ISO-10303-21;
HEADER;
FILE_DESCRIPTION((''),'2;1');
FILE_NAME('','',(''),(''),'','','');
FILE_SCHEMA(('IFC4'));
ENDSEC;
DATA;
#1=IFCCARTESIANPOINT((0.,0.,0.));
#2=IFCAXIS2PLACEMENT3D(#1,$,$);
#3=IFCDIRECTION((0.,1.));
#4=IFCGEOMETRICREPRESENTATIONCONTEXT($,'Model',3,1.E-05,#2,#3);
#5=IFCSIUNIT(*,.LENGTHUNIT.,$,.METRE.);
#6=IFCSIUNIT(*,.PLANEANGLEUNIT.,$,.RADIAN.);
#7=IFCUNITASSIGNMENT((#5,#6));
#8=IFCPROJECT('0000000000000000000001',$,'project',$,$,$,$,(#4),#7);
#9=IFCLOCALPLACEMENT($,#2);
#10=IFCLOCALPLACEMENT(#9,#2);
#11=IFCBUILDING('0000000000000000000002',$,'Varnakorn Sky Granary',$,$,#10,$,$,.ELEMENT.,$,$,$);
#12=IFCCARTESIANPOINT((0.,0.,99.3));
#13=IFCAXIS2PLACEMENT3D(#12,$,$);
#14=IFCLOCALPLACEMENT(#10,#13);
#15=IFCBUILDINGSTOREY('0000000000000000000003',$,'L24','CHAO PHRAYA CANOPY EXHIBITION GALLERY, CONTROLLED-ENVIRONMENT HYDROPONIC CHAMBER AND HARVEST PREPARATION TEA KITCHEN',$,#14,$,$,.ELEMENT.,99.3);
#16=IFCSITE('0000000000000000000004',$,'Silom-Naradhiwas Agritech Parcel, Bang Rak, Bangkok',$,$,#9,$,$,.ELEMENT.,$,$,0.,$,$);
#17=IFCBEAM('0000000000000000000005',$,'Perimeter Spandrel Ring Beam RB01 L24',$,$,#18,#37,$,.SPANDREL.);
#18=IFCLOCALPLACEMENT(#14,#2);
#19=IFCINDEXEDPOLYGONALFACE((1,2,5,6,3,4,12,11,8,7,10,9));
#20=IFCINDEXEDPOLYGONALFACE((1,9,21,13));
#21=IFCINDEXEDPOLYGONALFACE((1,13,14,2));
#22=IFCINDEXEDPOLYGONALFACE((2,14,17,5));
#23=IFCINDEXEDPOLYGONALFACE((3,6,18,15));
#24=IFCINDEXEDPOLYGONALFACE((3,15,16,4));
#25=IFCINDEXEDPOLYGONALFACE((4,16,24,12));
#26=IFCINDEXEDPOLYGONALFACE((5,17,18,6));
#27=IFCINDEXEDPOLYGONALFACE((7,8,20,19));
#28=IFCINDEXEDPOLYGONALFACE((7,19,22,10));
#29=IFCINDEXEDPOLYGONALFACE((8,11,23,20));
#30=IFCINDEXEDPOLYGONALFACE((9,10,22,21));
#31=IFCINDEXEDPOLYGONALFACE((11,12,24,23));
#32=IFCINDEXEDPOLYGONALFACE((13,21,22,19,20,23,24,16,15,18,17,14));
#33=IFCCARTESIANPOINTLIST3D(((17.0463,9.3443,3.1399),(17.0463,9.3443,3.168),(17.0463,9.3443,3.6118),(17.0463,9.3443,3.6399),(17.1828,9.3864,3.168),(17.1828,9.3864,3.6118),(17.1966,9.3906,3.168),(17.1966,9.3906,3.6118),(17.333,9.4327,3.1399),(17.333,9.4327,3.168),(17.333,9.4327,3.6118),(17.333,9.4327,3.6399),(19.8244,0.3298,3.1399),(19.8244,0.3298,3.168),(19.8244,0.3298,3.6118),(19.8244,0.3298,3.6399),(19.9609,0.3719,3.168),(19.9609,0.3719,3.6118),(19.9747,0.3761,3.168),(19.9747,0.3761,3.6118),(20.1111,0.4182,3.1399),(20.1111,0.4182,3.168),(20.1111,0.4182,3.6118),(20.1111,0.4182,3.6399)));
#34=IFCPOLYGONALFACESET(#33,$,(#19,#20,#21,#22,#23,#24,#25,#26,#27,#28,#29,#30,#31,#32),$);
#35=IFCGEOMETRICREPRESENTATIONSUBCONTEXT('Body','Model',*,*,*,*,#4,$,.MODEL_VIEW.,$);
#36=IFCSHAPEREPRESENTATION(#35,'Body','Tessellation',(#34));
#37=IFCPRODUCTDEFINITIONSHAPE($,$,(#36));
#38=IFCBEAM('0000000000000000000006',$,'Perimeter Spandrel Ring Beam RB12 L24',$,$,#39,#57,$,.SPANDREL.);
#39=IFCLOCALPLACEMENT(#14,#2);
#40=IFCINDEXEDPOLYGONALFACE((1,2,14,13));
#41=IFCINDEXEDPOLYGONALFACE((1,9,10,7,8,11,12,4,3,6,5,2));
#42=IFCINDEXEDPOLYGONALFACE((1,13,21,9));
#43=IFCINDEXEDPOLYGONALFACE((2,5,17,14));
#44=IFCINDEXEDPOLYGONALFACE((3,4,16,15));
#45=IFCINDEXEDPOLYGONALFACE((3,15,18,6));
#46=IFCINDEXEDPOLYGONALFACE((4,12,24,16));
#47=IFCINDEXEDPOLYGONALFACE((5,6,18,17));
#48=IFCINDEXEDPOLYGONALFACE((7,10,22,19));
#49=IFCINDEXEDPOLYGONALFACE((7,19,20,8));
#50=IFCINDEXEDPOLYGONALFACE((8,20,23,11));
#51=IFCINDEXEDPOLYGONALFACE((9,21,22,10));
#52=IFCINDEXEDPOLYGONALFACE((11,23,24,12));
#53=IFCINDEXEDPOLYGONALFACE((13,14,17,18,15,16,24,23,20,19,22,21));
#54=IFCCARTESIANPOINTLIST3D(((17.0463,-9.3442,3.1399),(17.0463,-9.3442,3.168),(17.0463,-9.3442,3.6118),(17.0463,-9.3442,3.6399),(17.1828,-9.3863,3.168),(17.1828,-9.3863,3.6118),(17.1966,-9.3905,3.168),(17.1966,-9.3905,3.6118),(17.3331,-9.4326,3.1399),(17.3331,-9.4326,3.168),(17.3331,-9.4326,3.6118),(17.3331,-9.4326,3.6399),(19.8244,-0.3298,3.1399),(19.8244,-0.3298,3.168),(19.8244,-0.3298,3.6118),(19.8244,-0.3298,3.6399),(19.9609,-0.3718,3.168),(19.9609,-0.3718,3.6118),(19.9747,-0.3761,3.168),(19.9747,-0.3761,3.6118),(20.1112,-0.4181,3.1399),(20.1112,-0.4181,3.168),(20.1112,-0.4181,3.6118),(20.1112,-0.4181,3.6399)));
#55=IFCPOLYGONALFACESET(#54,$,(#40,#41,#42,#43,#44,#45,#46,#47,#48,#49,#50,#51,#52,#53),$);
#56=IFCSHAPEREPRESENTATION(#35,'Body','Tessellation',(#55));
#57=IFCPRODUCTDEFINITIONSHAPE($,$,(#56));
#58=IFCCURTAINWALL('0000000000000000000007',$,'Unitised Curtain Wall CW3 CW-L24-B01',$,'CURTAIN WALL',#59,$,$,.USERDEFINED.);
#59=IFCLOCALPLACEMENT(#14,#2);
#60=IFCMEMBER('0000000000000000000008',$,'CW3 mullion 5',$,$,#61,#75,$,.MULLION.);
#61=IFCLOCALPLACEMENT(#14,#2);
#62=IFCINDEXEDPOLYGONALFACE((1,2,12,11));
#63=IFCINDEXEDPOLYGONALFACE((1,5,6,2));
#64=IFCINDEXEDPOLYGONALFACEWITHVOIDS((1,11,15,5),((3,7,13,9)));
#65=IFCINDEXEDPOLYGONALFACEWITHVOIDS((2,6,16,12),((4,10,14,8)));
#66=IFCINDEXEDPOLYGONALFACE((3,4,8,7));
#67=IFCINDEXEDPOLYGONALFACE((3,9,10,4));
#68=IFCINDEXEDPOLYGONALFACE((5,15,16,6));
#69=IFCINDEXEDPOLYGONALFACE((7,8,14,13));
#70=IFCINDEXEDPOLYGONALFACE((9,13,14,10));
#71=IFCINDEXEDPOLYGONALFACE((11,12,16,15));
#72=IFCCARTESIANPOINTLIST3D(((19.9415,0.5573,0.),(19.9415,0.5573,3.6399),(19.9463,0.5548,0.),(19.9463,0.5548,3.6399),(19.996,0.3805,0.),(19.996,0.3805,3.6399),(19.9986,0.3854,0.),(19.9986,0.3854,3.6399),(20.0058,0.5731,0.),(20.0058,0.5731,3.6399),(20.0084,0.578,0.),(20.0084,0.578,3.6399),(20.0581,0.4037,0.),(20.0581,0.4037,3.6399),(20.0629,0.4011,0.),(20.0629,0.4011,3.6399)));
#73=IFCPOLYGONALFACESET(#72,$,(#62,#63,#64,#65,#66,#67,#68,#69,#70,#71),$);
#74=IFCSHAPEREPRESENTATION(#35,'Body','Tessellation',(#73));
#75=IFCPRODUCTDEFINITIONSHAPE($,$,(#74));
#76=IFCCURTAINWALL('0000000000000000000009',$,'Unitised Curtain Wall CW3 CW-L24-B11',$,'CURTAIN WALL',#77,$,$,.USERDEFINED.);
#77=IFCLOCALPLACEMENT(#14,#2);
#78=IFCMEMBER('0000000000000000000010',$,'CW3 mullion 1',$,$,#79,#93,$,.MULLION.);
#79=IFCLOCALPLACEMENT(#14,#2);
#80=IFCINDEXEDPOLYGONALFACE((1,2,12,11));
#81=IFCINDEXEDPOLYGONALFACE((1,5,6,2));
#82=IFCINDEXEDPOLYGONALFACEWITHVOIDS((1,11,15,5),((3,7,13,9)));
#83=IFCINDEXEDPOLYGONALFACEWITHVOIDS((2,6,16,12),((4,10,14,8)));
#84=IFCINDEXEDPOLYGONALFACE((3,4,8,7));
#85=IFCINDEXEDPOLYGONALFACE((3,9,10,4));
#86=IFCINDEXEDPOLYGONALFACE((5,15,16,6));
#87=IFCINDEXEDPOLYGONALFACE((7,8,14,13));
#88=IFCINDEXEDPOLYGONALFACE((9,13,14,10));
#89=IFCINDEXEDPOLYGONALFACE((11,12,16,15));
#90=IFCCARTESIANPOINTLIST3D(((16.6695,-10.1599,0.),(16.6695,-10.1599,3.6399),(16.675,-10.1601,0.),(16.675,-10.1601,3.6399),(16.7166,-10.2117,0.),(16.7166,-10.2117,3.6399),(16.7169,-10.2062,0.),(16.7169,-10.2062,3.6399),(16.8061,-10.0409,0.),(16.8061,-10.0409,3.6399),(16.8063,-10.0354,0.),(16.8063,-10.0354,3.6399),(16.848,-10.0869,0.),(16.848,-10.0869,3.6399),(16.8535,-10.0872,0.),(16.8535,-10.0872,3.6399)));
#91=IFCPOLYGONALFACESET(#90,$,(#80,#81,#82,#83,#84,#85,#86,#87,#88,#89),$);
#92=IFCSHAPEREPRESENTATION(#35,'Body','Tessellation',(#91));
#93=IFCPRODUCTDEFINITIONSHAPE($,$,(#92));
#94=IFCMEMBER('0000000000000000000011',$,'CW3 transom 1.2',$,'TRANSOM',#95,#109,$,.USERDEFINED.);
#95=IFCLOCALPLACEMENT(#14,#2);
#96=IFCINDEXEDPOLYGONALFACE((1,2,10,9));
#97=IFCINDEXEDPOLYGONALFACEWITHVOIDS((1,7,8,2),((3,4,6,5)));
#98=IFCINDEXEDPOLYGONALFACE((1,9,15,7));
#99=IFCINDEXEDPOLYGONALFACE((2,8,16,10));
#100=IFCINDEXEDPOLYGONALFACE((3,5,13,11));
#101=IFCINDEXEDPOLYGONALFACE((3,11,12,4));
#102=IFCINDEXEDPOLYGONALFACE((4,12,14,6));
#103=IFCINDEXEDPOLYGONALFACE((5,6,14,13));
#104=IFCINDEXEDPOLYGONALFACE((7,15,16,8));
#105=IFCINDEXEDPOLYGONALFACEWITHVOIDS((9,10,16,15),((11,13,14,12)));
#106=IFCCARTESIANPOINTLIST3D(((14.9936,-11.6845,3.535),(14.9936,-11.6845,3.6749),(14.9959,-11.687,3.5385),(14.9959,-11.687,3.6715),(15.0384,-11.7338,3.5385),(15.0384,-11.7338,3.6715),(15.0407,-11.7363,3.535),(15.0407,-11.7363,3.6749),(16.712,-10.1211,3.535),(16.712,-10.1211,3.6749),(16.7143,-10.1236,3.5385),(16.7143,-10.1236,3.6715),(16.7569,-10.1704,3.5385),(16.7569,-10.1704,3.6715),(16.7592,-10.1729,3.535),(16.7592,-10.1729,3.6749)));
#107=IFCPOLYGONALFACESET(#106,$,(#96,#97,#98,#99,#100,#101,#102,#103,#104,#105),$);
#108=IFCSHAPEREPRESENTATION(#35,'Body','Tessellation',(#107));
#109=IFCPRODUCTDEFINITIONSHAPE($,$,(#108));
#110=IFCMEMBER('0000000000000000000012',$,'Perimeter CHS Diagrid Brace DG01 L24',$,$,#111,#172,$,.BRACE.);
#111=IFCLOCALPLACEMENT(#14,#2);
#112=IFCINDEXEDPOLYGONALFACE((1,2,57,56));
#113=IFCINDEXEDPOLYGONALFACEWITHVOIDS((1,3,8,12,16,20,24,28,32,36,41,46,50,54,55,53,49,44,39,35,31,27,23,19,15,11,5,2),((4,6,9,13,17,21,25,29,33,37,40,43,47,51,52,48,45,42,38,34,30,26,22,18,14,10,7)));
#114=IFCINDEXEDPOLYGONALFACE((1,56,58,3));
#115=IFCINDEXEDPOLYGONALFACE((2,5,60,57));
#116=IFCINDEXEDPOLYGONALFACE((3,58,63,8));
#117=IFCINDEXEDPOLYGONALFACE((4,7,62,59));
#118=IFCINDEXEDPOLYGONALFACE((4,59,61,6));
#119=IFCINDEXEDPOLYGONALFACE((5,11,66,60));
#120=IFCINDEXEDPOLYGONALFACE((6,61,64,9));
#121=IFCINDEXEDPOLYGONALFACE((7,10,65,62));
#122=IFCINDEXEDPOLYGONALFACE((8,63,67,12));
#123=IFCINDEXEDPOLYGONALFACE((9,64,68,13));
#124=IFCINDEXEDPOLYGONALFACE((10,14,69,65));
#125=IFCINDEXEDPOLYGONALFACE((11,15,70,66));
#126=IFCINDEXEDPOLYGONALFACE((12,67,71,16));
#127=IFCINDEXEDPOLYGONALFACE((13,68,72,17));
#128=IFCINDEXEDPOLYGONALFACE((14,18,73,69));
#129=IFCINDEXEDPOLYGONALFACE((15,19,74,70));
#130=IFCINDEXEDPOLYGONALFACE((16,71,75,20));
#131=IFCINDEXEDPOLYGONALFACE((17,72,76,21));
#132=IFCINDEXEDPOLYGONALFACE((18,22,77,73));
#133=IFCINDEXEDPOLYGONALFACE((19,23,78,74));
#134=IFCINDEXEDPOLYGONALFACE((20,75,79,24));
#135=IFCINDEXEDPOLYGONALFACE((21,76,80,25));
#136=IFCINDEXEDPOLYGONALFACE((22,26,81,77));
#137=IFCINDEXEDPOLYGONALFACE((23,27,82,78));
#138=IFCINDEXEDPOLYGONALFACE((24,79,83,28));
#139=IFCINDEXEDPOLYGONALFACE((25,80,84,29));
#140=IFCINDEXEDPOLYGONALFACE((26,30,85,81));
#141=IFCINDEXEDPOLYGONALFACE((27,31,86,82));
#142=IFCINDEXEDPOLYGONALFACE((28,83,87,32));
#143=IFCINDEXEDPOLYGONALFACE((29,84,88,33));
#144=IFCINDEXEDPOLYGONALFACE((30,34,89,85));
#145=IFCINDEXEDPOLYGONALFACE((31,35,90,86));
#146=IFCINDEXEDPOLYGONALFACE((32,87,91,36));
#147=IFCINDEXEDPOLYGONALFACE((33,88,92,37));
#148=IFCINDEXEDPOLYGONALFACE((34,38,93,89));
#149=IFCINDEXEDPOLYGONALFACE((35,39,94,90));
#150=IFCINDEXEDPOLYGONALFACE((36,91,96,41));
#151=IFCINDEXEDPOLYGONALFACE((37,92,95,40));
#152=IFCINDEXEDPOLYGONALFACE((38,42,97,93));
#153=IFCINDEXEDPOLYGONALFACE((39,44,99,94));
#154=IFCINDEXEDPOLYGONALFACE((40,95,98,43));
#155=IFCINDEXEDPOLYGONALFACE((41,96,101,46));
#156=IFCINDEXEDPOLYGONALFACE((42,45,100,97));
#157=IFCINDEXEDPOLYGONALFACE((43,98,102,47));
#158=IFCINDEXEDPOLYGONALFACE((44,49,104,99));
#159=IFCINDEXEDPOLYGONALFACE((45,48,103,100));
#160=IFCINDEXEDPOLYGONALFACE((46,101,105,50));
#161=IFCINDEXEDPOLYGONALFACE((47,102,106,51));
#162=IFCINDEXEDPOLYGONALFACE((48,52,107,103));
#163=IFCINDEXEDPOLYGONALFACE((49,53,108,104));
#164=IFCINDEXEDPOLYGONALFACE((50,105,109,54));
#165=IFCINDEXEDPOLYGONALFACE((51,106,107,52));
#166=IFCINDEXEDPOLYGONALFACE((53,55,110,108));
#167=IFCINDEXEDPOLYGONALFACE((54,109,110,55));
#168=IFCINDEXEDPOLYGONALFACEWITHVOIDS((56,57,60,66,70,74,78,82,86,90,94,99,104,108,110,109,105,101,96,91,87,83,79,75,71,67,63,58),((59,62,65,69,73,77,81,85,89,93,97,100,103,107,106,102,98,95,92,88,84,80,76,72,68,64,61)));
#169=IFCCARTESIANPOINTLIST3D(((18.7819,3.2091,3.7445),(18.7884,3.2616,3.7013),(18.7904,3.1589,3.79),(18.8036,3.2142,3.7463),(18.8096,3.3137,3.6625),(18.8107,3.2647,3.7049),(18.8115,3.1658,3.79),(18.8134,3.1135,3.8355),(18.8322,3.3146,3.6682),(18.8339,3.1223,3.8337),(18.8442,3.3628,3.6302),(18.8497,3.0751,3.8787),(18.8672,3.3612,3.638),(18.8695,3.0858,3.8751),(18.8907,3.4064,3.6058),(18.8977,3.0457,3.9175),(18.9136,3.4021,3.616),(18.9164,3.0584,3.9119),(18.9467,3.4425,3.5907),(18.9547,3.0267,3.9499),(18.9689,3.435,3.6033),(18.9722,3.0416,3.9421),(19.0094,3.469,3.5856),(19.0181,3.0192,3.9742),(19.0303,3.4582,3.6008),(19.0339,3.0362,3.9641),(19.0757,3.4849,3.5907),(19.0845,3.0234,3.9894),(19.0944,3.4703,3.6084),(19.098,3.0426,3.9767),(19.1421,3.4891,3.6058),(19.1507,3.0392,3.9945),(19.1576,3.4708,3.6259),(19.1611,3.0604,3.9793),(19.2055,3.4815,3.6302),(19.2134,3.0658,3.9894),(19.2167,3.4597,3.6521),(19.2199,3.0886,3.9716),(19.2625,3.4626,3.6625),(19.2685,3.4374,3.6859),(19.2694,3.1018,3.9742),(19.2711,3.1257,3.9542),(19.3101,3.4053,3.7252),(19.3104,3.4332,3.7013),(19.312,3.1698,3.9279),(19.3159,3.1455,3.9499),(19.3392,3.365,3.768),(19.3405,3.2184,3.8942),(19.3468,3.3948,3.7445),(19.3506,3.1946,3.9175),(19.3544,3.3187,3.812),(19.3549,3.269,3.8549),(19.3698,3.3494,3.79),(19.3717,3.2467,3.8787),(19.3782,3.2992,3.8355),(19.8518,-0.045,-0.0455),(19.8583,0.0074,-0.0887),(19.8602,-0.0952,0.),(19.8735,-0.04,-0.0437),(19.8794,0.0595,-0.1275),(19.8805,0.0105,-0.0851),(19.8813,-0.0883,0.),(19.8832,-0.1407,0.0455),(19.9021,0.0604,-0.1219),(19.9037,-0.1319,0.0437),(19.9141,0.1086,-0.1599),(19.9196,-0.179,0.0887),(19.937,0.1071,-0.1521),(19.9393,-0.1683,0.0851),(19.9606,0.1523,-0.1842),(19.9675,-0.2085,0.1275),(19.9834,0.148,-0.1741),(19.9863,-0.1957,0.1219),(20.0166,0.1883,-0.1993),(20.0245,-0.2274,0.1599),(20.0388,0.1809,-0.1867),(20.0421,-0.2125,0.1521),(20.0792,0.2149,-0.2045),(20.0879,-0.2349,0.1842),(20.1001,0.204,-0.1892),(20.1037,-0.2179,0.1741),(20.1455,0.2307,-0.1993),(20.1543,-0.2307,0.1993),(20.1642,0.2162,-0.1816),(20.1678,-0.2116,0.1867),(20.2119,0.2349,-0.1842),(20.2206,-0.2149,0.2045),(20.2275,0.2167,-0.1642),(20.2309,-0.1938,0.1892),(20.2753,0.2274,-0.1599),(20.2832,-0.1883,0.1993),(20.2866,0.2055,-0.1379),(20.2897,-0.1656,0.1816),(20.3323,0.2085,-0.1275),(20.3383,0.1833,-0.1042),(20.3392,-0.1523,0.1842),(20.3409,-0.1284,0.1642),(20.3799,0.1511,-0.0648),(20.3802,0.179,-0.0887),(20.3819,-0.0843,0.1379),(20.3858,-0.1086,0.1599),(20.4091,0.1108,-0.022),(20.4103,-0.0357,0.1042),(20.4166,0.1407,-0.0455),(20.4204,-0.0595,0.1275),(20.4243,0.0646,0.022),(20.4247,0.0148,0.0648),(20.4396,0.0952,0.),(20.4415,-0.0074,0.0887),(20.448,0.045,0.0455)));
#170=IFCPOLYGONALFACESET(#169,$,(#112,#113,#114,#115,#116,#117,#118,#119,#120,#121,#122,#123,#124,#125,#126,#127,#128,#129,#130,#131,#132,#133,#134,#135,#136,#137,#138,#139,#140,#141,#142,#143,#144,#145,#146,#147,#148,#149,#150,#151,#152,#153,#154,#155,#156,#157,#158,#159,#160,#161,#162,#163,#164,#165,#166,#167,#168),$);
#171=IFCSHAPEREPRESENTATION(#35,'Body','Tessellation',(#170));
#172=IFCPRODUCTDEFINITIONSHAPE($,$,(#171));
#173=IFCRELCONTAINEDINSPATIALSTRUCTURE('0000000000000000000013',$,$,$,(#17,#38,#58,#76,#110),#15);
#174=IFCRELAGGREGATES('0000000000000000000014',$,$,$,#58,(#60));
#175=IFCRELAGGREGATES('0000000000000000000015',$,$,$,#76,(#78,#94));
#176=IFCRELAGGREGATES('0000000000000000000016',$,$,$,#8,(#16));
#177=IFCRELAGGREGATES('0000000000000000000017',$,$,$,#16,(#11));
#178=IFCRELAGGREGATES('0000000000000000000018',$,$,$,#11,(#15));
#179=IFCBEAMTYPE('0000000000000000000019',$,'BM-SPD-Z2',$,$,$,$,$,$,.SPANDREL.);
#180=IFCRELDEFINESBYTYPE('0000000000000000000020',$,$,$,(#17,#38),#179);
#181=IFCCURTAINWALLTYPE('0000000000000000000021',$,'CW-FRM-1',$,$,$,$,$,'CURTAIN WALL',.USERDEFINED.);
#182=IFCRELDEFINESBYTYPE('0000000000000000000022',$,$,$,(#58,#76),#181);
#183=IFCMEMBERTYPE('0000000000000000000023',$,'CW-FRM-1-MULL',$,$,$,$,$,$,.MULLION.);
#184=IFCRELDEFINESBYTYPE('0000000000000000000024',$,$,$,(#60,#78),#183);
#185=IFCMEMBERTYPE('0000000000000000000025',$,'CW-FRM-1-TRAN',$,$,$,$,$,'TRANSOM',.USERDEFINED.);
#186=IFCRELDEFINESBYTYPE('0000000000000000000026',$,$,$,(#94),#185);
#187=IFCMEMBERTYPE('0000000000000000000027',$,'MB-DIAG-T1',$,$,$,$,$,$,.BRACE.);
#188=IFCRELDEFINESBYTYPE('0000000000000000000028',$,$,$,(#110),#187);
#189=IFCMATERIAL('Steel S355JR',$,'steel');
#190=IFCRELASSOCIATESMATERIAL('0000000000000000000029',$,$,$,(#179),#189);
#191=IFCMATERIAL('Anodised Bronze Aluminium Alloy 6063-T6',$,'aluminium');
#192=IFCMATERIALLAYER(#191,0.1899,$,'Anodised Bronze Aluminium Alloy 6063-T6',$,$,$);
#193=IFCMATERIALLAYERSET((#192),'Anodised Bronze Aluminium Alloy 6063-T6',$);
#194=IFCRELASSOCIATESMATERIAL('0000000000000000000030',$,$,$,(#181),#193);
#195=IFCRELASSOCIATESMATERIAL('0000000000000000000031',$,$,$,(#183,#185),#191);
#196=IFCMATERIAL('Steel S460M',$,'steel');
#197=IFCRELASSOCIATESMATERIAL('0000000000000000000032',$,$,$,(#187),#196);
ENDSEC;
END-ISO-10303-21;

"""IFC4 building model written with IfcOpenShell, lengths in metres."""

from ifc_helpers import new_model, si_unit, direction, frame, origin, origin_2d, place, context, subcontext, project, spatial, hollow_rectangle, hollow_circle, i_section, extrude, material, layer, layer_set, material_profile, profile_set, type_object, element, aggregate, save


model = new_model("IFC4")

# Units and contexts
model_context = context("Model", 3, precision=1e-05, world=origin(), true_north=direction((0.0, 1.0)))
body_context = subcontext(model_context, "Body", "Model", "MODEL_VIEW")
ifc_project = project(units=[si_unit("LENGTHUNIT", "METRE"), si_unit("PLANEANGLEUNIT", "RADIAN")], contexts=[model_context])

# Site, building, storey
site_placement = place(None, origin())
site = spatial("IfcSite", under=ifc_project, at=site_placement, Name="Silom-Naradhiwas Agritech Parcel, Bang Rak, Bangkok", CompositionType="ELEMENT", RefElevation=0.0)
building_placement = place(site_placement, origin())
building = spatial("IfcBuilding", under=site, at=building_placement, Name="Varnakorn Sky Granary", CompositionType="ELEMENT")
storey_placement = place(building_placement, frame((0.0, 0.0, 99.3)))
storey = spatial("IfcBuildingStorey", under=building, at=storey_placement, Name="L24", Description="CHAO PHRAYA CANOPY EXHIBITION GALLERY, CONTROLLED-ENVIRONMENT HYDROPONIC CHAMBER AND HARVEST PREPARATION TEA KITCHEN", CompositionType="ELEMENT", Elevation=99.3)

# Shared definitions
ifc_material_1 = material(Name="Steel S460M", Category="steel")

# Beams
ifc_material_2 = material(Name="Steel S355JR", Category="steel")
ifc_material_profile_1 = material_profile(ifc_material_2, i_section(OverallWidth=0.3, OverallDepth=0.5, WebThickness=0.0144, FlangeThickness=0.0281, at=origin_2d()), Name="HE 500 B")
ifc_profile_set_1 = profile_set([ifc_material_profile_1], Name="Steel S355JR")
beam_type_1 = type_object("IfcBeamType", Name="BM-SPD-Z2", PredefinedType="SPANDREL", material=ifc_profile_set_1)
for number, where, z_axis, x_axis, name in (
    (1, (19.9678, 0.374, 3.3899), (-0.294513, 0.955647, 0.0), (-0.955647, -0.294513, 0.0), "Perimeter Spandrel Ring Beam RB01 L24"),
    (2, (17.1897, -9.3884, 3.3899), (0.294513, 0.955647, 0.0), (-0.955647, 0.294513, 0.0), "Perimeter Spandrel Ring Beam RB12 L24"),
):
    element("IfcBeam", number, at=place(storey_placement, frame(where, z_axis=z_axis, x_axis=x_axis)), inside=storey, type_object=beam_type_1, Name=name, PredefinedType="SPANDREL", context=body_context, shape_type="SweptSolid", body=[
        extrude(i_section(OverallWidth=0.3, OverallDepth=0.5, WebThickness=0.0144, FlangeThickness=0.0281, at=origin_2d()), origin(), (0.0, 0.0, 1.0), 9.4329),
    ])

# Curtain wall, member
ifc_material_3 = material(Name="Anodised Bronze Aluminium Alloy 6063-T6", Category="aluminium")
ifc_layer_1 = layer(ifc_material_3, 0.1899, Name="Anodised Bronze Aluminium Alloy 6063-T6")
ifc_layer_set_1 = layer_set([ifc_layer_1], Name="Anodised Bronze Aluminium Alloy 6063-T6")
curtain_wall_type = type_object("IfcCurtainWallType", Name="CW-FRM-1", ElementType="CURTAIN WALL", PredefinedType="USERDEFINED", material=ifc_layer_set_1)
curtain_wall_1_placement = place(storey_placement, origin())
curtain_wall_1 = element("IfcCurtainWall", 3, at=curtain_wall_1_placement, inside=storey, type_object=curtain_wall_type, Name="Unitised Curtain Wall CW3 CW-L24-B01", ObjectType="CURTAIN WALL", PredefinedType="USERDEFINED")
ifc_material_profile_2 = material_profile(ifc_material_3, hollow_rectangle(XDim=0.0701, YDim=0.1851, WallThickness=0.0039, at=origin_2d()), Name="ALU MULL 70x185")
ifc_profile_set_2 = profile_set([ifc_material_profile_2], Name="Anodised Bronze Aluminium Alloy 6063-T6")
member_type_1 = type_object("IfcMemberType", Name="CW-FRM-1-MULL", PredefinedType="MULLION", material=ifc_profile_set_2)
member_1_placement = place(storey_placement, frame((20.0022, 0.4792, 0.0), z_axis=(0.0, 0.0, 1.0), x_axis=(0.955605, 0.294651, 0.0)))
member_1 = element("IfcMember", 4, at=member_1_placement, type_object=member_type_1, Name="CW3 mullion 5", PredefinedType="MULLION", context=body_context, shape_type="SweptSolid", body=[
    extrude(hollow_rectangle(XDim=0.0701, YDim=0.1851, WallThickness=0.0039, at=origin_2d()), origin(), (0.0, 0.0, 1.0), 3.6399),
])
aggregate(curtain_wall_1, [member_1])

# Curtain wall, members
curtain_wall_2_placement = place(storey_placement, origin())
curtain_wall_2 = element("IfcCurtainWall", 5, at=curtain_wall_2_placement, inside=storey, type_object=curtain_wall_type, Name="Unitised Curtain Wall CW3 CW-L24-B11", ObjectType="CURTAIN WALL", PredefinedType="USERDEFINED")
member_2_placement = place(storey_placement, frame((16.7615, -10.1235, 0.0), z_axis=(0.0, 0.0, 1.0), x_axis=(0.672919, -0.739716, 0.0)))
member_2 = element("IfcMember", 6, at=member_2_placement, type_object=member_type_1, Name="CW3 mullion 1", PredefinedType="MULLION", context=body_context, shape_type="SweptSolid", body=[
    extrude(hollow_rectangle(XDim=0.0701, YDim=0.1851, WallThickness=0.0039, at=origin_2d()), origin(), (0.0, 0.0, 1.0), 3.6399),
])
ifc_material_profile_3 = material_profile(ifc_material_3, hollow_rectangle(XDim=0.0701, YDim=0.1399, WallThickness=0.0034, at=origin_2d()), Name="ALU TRAN 70x140")
ifc_profile_set_3 = profile_set([ifc_material_profile_3], Name="Anodised Bronze Aluminium Alloy 6063-T6")
member_type_2 = type_object("IfcMemberType", Name="CW-FRM-1-TRAN", ElementType="TRANSOM", PredefinedType="USERDEFINED", material=ifc_profile_set_3)
member_3_placement = place(storey_placement, frame((16.7356, -10.147, 3.605), z_axis=(-0.739683, -0.672955, 0.0), x_axis=(0.672955, -0.739683, 0.0)))
member_3 = element("IfcMember", 7, at=member_3_placement, type_object=member_type_2, Name="CW3 transom 1.2", ObjectType="TRANSOM", PredefinedType="USERDEFINED", context=body_context, shape_type="SweptSolid", body=[
    extrude(hollow_rectangle(XDim=0.0701, YDim=0.1399, WallThickness=0.0034, at=origin_2d()), origin(), (0.0, 0.0, 1.0), 2.3232),
])
aggregate(curtain_wall_2, [member_2, member_3])

# Member
ifc_material_profile_4 = material_profile(ifc_material_1, hollow_circle(Radius=0.3049, WallThickness=0.0222, at=origin_2d()), Name="CHS 610x22")
ifc_profile_set_4 = profile_set([ifc_material_profile_4], Name="Steel S460M")
member_type_3 = type_object("IfcMemberType", Name="MB-DIAG-T1", PredefinedType="BRACE", material=ifc_profile_set_4)
for number, where, z_axis, x_axis, name in (
    (8, (20.1499, 0.0, 0.0), (-0.209414, 0.636987, 0.741885), (-0.949979, -0.312312, 0.0), "Perimeter CHS Diagrid Brace DG01 L24"),
):
    element("IfcMember", number, at=place(storey_placement, frame(where, z_axis=z_axis, x_axis=x_axis)), inside=storey, type_object=member_type_3, Name=name, PredefinedType="BRACE", context=body_context, shape_type="SweptSolid", body=[
        extrude(hollow_circle(Radius=0.3049, WallThickness=0.0222, at=origin_2d()), origin(), (0.0, 0.0, 1.0), 5.1086),
    ])

save(model, "model.ifc")
